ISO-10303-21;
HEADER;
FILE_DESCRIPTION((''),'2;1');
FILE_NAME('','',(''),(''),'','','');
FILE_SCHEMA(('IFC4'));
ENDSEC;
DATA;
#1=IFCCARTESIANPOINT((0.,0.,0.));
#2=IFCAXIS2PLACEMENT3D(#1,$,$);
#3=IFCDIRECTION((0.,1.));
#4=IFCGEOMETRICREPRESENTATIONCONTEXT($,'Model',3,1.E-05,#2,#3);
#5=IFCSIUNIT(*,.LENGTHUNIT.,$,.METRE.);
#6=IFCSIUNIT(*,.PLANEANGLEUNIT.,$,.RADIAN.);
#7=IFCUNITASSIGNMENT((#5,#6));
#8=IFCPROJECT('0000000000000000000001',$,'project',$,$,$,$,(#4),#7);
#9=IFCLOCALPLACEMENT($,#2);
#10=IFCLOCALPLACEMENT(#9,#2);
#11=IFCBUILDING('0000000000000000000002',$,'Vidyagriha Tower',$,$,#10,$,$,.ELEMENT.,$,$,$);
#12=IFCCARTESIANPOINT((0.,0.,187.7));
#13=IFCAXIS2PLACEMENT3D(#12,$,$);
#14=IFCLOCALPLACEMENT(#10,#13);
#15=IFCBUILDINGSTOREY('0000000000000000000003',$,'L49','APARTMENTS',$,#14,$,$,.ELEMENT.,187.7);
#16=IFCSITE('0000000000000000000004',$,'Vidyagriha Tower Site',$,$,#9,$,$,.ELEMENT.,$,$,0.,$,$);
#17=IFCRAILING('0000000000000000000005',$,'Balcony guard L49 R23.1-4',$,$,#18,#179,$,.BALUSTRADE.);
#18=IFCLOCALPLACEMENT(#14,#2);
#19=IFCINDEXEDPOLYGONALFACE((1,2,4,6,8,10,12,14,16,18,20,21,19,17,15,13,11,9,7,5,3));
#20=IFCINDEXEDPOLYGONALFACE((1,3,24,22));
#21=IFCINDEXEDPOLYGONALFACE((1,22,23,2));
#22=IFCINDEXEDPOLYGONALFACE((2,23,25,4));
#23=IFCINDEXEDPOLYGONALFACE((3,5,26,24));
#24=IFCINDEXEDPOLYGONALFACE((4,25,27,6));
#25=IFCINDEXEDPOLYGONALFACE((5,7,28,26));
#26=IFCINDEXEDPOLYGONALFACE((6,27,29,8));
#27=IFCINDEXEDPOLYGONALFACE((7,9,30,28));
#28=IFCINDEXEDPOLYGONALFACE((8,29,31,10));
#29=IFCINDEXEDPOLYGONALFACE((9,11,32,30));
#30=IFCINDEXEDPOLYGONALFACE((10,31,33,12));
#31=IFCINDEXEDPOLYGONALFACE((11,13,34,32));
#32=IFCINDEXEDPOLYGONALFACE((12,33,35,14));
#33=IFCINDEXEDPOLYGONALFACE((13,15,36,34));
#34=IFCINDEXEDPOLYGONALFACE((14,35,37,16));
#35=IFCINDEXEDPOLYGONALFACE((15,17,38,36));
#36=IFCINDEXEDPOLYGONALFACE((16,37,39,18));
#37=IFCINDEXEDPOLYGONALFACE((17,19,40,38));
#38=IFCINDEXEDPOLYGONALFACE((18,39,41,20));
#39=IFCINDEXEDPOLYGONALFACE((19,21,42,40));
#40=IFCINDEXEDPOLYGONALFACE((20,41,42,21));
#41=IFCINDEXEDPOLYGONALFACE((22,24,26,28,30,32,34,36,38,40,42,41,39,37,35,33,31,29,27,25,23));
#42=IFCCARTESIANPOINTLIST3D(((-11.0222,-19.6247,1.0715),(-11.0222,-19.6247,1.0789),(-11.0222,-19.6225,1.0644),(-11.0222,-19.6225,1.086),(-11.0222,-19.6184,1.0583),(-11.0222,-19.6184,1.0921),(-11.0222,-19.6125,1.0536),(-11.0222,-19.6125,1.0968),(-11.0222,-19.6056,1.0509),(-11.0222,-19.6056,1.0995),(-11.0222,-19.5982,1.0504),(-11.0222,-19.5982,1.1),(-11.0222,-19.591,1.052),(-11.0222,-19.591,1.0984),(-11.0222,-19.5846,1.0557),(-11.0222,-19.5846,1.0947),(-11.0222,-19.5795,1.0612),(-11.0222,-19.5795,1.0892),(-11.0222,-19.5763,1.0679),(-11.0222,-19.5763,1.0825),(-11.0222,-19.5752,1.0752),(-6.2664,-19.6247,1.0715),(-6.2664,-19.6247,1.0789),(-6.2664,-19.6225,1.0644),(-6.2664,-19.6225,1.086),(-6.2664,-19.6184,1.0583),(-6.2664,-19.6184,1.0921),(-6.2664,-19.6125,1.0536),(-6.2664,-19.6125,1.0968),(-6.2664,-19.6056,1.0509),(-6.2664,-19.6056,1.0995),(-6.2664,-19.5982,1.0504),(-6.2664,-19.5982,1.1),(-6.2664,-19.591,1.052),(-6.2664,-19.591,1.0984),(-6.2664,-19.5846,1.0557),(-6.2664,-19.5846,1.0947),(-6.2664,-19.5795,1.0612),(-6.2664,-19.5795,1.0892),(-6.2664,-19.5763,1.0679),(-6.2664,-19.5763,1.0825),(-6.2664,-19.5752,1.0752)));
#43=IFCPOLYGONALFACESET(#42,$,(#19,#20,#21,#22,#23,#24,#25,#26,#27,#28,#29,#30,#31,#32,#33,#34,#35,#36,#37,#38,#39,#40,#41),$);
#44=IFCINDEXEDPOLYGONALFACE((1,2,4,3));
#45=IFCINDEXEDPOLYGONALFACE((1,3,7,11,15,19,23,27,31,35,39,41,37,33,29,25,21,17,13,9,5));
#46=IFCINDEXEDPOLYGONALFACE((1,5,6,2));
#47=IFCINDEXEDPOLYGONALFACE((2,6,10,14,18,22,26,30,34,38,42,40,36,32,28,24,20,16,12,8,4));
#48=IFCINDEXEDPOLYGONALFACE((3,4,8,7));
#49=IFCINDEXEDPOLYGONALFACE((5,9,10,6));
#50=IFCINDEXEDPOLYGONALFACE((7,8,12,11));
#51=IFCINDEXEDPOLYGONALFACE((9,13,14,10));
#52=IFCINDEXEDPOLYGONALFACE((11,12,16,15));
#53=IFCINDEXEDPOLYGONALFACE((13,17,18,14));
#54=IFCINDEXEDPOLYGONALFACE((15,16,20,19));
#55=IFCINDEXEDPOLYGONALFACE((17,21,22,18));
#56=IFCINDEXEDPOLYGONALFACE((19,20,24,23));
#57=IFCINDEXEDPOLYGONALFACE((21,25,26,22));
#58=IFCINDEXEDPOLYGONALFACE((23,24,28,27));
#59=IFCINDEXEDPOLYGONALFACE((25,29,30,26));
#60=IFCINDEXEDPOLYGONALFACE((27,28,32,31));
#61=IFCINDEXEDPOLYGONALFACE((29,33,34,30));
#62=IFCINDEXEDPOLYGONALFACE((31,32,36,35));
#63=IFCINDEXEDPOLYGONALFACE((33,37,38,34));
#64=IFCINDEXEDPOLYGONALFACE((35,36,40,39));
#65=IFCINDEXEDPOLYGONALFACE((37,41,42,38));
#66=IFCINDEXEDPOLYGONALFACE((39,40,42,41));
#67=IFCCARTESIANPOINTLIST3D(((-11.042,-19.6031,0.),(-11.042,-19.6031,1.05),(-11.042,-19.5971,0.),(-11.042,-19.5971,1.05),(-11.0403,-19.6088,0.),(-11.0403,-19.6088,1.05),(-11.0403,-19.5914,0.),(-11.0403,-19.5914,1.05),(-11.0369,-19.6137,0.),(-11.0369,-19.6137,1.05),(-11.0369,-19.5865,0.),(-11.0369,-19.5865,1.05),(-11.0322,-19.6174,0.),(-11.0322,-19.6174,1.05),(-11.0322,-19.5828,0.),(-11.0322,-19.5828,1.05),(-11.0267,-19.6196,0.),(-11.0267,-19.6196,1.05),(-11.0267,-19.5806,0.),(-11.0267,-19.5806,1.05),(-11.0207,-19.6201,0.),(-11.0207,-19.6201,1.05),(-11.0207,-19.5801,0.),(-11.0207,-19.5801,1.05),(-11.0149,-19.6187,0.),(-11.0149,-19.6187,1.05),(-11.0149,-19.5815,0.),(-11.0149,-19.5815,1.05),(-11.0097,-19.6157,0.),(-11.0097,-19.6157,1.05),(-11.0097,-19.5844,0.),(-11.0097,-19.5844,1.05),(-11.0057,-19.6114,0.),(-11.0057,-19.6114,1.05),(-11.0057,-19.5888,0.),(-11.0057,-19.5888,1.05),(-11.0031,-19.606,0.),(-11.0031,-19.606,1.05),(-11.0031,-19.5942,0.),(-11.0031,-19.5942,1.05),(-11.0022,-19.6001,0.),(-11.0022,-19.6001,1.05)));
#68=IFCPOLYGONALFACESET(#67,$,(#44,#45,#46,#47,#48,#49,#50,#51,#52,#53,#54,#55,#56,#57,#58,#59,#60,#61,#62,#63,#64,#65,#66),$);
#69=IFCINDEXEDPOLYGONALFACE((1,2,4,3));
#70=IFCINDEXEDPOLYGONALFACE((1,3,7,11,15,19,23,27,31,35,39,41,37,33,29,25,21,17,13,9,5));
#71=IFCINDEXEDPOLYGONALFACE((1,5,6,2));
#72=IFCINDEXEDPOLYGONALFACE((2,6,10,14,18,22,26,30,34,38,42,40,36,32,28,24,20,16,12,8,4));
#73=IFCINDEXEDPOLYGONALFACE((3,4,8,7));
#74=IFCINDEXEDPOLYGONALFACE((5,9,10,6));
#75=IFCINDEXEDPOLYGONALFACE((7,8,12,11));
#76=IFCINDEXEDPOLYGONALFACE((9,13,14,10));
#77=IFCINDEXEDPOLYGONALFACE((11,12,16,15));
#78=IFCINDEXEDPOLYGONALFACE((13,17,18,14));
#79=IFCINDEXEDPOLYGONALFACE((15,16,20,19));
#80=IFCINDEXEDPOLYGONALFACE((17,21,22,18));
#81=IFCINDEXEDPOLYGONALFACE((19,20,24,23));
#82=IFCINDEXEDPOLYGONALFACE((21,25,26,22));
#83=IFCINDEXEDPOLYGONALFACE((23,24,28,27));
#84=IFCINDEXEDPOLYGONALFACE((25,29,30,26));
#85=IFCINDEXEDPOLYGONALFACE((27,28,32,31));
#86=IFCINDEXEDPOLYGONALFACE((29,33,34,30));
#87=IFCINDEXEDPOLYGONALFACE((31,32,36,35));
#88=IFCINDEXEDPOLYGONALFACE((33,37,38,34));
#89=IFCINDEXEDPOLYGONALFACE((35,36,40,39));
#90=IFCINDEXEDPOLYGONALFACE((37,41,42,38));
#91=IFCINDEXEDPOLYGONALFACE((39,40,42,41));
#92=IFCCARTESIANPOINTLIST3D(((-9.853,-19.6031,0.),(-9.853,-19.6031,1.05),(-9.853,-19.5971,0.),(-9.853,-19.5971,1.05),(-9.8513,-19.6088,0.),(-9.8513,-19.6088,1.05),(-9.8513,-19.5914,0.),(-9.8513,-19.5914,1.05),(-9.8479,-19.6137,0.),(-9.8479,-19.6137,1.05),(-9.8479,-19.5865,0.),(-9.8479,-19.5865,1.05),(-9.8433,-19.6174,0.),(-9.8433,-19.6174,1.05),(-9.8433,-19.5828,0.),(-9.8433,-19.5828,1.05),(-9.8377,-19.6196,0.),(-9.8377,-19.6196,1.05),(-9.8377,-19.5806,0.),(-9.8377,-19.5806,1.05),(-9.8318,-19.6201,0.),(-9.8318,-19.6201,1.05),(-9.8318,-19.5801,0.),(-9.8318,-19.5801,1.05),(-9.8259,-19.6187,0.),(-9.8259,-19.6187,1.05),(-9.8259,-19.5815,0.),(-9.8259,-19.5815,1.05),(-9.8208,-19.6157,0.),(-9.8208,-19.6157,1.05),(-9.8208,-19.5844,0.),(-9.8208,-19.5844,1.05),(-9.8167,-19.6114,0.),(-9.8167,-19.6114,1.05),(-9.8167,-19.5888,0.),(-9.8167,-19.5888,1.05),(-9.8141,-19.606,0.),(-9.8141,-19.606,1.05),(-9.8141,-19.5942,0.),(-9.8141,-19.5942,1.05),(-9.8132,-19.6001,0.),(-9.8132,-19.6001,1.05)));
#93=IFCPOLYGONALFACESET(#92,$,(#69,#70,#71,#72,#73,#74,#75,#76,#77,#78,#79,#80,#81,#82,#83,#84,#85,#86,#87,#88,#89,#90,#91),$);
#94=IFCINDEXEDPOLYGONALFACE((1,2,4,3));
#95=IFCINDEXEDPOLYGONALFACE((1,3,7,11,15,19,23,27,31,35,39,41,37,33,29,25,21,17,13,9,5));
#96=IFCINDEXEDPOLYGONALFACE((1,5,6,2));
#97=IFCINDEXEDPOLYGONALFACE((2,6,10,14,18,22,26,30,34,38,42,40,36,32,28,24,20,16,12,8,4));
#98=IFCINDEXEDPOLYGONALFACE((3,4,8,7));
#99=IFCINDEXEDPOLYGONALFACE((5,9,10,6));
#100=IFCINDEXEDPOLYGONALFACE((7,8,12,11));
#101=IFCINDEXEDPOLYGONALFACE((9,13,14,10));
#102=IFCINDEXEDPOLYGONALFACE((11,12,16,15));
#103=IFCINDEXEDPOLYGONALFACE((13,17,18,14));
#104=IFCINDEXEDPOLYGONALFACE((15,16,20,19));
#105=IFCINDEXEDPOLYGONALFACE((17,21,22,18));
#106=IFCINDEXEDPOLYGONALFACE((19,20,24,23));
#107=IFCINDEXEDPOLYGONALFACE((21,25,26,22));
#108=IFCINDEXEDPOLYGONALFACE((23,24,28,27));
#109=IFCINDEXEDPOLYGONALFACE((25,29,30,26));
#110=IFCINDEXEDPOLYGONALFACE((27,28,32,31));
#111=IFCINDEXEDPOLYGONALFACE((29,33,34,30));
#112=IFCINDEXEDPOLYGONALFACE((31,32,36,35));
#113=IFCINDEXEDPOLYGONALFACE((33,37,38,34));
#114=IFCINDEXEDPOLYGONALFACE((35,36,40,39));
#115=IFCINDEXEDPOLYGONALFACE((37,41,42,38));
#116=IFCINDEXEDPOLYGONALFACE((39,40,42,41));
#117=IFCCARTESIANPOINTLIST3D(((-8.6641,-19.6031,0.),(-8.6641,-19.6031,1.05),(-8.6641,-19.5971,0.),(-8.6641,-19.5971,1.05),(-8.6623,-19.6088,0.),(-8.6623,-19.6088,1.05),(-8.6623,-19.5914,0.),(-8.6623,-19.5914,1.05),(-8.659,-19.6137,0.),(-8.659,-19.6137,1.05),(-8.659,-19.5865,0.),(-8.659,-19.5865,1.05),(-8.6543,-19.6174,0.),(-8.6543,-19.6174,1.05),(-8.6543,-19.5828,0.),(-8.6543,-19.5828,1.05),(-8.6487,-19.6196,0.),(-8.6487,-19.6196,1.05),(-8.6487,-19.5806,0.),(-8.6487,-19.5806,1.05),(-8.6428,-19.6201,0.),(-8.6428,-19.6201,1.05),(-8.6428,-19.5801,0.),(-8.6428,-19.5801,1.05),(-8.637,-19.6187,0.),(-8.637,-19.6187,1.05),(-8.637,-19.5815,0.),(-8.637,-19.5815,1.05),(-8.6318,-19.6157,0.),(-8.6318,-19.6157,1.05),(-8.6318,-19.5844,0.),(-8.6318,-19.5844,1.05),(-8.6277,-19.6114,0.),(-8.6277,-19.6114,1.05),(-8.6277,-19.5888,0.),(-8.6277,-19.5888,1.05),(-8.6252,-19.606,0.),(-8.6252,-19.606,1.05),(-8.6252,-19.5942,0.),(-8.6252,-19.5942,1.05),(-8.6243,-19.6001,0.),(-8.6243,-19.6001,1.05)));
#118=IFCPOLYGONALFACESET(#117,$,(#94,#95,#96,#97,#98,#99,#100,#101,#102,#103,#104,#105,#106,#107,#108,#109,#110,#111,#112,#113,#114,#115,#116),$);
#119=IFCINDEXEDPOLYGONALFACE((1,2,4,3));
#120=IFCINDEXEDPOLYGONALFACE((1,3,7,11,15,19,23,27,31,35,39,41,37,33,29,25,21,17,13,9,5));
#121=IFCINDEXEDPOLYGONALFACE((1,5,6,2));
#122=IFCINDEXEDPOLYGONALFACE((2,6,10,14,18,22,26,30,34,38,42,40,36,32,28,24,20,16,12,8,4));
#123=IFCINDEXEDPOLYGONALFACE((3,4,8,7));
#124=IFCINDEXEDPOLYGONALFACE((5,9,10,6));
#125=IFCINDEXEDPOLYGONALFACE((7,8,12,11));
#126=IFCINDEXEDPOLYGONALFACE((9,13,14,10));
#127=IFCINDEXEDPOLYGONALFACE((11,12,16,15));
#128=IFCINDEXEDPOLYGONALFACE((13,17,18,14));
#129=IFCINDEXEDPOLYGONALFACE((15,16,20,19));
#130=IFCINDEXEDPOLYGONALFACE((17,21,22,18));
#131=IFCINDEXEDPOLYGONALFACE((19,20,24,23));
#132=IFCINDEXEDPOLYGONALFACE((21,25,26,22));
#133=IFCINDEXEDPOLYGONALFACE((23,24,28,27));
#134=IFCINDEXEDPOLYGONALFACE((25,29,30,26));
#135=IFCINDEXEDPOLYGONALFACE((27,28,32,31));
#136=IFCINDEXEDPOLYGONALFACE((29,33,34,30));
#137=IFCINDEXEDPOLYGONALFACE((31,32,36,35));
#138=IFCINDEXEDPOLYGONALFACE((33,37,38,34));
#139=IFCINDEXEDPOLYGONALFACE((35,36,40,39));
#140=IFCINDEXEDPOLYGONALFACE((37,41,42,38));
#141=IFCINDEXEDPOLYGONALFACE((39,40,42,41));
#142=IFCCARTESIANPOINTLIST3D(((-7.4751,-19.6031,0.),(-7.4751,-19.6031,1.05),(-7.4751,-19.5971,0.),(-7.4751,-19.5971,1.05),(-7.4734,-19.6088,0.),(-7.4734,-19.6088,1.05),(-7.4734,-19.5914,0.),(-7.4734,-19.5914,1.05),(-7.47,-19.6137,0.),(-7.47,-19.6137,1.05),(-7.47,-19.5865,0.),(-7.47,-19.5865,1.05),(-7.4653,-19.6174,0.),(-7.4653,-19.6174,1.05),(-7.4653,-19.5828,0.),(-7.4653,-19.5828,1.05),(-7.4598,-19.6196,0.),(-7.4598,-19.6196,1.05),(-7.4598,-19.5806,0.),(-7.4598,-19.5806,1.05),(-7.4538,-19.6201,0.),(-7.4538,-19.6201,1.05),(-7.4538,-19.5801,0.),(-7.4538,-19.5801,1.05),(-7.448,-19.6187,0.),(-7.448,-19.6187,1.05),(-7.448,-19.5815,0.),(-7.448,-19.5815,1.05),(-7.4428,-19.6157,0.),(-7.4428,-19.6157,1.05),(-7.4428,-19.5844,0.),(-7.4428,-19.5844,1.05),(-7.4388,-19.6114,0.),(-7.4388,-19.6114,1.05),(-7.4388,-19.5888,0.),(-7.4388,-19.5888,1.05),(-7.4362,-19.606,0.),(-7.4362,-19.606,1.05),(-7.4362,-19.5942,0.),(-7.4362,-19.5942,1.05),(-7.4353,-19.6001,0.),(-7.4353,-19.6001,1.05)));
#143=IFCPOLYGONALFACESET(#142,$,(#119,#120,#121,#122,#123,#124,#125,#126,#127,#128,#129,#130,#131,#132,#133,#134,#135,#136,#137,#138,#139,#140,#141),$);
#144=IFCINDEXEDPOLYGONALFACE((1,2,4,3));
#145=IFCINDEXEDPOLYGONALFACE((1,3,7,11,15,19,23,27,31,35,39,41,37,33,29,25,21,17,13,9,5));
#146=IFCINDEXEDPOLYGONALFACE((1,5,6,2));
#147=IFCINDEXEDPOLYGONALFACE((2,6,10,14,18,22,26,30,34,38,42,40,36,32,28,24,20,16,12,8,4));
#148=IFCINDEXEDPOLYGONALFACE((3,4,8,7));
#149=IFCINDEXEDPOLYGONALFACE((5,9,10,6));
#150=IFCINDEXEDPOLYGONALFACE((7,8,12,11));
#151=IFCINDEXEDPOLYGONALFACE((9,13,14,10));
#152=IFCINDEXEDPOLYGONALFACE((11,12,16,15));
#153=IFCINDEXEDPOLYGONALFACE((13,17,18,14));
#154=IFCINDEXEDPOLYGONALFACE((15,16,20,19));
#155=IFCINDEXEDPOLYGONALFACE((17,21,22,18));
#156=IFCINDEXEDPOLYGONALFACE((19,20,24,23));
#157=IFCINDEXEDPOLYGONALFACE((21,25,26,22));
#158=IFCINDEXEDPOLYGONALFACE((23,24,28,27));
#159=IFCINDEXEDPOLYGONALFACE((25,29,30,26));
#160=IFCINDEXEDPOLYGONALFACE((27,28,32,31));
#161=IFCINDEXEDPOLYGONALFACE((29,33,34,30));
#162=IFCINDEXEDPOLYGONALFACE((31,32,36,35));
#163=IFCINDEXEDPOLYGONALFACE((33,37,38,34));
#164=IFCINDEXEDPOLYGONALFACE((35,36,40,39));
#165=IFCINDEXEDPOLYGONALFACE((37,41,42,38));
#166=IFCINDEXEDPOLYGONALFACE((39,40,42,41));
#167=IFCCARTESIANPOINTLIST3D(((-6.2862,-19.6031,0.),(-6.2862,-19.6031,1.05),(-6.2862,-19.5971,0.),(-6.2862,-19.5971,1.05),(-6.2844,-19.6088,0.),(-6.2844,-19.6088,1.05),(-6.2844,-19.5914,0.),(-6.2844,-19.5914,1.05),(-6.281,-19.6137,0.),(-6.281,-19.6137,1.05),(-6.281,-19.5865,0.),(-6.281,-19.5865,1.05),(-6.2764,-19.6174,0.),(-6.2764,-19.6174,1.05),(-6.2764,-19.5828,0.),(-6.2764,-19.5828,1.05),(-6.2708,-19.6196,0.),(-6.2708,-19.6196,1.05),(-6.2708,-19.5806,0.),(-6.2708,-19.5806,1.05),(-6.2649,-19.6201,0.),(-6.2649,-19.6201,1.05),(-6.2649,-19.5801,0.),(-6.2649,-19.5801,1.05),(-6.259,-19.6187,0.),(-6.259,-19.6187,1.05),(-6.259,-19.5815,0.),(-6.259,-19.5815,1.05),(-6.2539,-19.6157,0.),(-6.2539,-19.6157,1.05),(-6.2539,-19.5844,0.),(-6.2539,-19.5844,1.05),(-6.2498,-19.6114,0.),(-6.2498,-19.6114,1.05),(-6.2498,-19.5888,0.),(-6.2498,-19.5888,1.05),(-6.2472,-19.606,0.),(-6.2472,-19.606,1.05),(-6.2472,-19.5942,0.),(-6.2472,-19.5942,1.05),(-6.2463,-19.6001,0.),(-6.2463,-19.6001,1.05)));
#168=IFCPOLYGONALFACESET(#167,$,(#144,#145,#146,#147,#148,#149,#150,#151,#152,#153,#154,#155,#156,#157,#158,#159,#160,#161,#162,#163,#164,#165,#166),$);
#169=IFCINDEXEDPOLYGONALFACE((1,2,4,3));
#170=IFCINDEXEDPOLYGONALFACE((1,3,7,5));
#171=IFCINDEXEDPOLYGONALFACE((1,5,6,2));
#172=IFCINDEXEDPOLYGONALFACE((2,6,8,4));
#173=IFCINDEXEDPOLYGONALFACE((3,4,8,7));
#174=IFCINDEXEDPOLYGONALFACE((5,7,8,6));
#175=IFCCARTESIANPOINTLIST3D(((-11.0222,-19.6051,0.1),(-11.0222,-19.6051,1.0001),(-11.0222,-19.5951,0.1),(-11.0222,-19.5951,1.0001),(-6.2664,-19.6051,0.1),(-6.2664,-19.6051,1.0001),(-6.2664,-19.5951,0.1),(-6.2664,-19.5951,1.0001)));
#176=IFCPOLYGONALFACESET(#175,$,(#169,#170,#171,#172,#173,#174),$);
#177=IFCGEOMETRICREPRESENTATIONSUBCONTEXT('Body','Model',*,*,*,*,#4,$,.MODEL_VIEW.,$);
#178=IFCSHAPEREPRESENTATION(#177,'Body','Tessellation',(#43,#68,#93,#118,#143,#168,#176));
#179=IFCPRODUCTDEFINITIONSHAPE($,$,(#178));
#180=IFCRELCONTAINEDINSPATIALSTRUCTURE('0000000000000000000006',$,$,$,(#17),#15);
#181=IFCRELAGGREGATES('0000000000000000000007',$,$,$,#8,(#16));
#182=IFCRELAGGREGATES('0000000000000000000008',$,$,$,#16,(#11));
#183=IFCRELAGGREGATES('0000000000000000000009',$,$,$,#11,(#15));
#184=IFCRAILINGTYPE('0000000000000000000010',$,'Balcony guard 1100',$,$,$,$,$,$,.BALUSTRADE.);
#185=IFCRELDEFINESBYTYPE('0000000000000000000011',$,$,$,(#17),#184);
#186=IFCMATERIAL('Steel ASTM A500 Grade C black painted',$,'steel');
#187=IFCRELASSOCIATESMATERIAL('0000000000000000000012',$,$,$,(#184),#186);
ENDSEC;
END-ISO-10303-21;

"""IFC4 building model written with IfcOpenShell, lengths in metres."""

from ifc_helpers import new_model, si_unit, direction, frame, origin, origin_2d, place, context, subcontext, project, spatial, rectangle, circle, extrude, material, type_object, element, save


model = new_model("IFC4")

# Units and contexts
model_context = context("Model", 3, precision=1e-05, world=origin(), true_north=direction((0.0, 1.0)))
body_context = subcontext(model_context, "Body", "Model", "MODEL_VIEW")
ifc_project = project(units=[si_unit("LENGTHUNIT", "METRE"), si_unit("PLANEANGLEUNIT", "RADIAN")], contexts=[model_context])

# Site, building, storey
site_placement = place(None, origin())
site = spatial("IfcSite", under=ifc_project, at=site_placement, Name="Vidyagriha Tower Site", CompositionType="ELEMENT", RefElevation=0.0)
building_placement = place(site_placement, origin())
building = spatial("IfcBuilding", under=site, at=building_placement, Name="Vidyagriha Tower", CompositionType="ELEMENT")
storey_placement = place(building_placement, frame((0.0, 0.0, 187.7)))
storey = spatial("IfcBuildingStorey", under=building, at=storey_placement, Name="L49", Description="APARTMENTS", CompositionType="ELEMENT", Elevation=187.7)

# Railing
ifc_material_1 = material(Name="Steel ASTM A500 Grade C black painted", Category="steel")
railing_type = type_object("IfcRailingType", Name="Balcony guard 1100", PredefinedType="BALUSTRADE", material=ifc_material_1)
railing_1_placement = place(storey_placement, frame((-11.0222, -19.6001, 0.0)))
element("IfcRailing", 1, at=railing_1_placement, inside=storey, type_object=railing_type, Name="Balcony guard L49 R23.1-4", PredefinedType="BALUSTRADE", context=body_context, shape_type="SweptSolid", body=[
    extrude(circle(Radius=0.0249, at=origin_2d()), frame((0.0, 0.0, 1.0752), z_axis=(1.0, 0.0, 0.0), x_axis=(0.0, 1.0, 0.0)), (0.0, 0.0, 1.0), 4.7559),
    extrude(circle(Radius=0.02, at=origin_2d()), origin(), (0.0, 0.0, 1.0), 1.05),
    extrude(circle(Radius=0.02, at=origin_2d()), frame((1.189, 0.0, 0.0)), (0.0, 0.0, 1.0), 1.05),
    extrude(circle(Radius=0.02, at=origin_2d()), frame((2.3779, 0.0, 0.0)), (0.0, 0.0, 1.0), 1.05),
    extrude(circle(Radius=0.02, at=origin_2d()), frame((3.5669, 0.0, 0.0)), (0.0, 0.0, 1.0), 1.05),
    extrude(circle(Radius=0.02, at=origin_2d()), frame((4.7559, 0.0, 0.0)), (0.0, 0.0, 1.0), 1.05),
    extrude(rectangle(XDim=0.01, YDim=0.9001, at=origin_2d()), frame((0.0, 0.0, 0.55), z_axis=(1.0, 0.0, 0.0), x_axis=(0.0, 1.0, 0.0)), (0.0, 0.0, 1.0), 4.7559),
])

save(model, "model.ifc")
